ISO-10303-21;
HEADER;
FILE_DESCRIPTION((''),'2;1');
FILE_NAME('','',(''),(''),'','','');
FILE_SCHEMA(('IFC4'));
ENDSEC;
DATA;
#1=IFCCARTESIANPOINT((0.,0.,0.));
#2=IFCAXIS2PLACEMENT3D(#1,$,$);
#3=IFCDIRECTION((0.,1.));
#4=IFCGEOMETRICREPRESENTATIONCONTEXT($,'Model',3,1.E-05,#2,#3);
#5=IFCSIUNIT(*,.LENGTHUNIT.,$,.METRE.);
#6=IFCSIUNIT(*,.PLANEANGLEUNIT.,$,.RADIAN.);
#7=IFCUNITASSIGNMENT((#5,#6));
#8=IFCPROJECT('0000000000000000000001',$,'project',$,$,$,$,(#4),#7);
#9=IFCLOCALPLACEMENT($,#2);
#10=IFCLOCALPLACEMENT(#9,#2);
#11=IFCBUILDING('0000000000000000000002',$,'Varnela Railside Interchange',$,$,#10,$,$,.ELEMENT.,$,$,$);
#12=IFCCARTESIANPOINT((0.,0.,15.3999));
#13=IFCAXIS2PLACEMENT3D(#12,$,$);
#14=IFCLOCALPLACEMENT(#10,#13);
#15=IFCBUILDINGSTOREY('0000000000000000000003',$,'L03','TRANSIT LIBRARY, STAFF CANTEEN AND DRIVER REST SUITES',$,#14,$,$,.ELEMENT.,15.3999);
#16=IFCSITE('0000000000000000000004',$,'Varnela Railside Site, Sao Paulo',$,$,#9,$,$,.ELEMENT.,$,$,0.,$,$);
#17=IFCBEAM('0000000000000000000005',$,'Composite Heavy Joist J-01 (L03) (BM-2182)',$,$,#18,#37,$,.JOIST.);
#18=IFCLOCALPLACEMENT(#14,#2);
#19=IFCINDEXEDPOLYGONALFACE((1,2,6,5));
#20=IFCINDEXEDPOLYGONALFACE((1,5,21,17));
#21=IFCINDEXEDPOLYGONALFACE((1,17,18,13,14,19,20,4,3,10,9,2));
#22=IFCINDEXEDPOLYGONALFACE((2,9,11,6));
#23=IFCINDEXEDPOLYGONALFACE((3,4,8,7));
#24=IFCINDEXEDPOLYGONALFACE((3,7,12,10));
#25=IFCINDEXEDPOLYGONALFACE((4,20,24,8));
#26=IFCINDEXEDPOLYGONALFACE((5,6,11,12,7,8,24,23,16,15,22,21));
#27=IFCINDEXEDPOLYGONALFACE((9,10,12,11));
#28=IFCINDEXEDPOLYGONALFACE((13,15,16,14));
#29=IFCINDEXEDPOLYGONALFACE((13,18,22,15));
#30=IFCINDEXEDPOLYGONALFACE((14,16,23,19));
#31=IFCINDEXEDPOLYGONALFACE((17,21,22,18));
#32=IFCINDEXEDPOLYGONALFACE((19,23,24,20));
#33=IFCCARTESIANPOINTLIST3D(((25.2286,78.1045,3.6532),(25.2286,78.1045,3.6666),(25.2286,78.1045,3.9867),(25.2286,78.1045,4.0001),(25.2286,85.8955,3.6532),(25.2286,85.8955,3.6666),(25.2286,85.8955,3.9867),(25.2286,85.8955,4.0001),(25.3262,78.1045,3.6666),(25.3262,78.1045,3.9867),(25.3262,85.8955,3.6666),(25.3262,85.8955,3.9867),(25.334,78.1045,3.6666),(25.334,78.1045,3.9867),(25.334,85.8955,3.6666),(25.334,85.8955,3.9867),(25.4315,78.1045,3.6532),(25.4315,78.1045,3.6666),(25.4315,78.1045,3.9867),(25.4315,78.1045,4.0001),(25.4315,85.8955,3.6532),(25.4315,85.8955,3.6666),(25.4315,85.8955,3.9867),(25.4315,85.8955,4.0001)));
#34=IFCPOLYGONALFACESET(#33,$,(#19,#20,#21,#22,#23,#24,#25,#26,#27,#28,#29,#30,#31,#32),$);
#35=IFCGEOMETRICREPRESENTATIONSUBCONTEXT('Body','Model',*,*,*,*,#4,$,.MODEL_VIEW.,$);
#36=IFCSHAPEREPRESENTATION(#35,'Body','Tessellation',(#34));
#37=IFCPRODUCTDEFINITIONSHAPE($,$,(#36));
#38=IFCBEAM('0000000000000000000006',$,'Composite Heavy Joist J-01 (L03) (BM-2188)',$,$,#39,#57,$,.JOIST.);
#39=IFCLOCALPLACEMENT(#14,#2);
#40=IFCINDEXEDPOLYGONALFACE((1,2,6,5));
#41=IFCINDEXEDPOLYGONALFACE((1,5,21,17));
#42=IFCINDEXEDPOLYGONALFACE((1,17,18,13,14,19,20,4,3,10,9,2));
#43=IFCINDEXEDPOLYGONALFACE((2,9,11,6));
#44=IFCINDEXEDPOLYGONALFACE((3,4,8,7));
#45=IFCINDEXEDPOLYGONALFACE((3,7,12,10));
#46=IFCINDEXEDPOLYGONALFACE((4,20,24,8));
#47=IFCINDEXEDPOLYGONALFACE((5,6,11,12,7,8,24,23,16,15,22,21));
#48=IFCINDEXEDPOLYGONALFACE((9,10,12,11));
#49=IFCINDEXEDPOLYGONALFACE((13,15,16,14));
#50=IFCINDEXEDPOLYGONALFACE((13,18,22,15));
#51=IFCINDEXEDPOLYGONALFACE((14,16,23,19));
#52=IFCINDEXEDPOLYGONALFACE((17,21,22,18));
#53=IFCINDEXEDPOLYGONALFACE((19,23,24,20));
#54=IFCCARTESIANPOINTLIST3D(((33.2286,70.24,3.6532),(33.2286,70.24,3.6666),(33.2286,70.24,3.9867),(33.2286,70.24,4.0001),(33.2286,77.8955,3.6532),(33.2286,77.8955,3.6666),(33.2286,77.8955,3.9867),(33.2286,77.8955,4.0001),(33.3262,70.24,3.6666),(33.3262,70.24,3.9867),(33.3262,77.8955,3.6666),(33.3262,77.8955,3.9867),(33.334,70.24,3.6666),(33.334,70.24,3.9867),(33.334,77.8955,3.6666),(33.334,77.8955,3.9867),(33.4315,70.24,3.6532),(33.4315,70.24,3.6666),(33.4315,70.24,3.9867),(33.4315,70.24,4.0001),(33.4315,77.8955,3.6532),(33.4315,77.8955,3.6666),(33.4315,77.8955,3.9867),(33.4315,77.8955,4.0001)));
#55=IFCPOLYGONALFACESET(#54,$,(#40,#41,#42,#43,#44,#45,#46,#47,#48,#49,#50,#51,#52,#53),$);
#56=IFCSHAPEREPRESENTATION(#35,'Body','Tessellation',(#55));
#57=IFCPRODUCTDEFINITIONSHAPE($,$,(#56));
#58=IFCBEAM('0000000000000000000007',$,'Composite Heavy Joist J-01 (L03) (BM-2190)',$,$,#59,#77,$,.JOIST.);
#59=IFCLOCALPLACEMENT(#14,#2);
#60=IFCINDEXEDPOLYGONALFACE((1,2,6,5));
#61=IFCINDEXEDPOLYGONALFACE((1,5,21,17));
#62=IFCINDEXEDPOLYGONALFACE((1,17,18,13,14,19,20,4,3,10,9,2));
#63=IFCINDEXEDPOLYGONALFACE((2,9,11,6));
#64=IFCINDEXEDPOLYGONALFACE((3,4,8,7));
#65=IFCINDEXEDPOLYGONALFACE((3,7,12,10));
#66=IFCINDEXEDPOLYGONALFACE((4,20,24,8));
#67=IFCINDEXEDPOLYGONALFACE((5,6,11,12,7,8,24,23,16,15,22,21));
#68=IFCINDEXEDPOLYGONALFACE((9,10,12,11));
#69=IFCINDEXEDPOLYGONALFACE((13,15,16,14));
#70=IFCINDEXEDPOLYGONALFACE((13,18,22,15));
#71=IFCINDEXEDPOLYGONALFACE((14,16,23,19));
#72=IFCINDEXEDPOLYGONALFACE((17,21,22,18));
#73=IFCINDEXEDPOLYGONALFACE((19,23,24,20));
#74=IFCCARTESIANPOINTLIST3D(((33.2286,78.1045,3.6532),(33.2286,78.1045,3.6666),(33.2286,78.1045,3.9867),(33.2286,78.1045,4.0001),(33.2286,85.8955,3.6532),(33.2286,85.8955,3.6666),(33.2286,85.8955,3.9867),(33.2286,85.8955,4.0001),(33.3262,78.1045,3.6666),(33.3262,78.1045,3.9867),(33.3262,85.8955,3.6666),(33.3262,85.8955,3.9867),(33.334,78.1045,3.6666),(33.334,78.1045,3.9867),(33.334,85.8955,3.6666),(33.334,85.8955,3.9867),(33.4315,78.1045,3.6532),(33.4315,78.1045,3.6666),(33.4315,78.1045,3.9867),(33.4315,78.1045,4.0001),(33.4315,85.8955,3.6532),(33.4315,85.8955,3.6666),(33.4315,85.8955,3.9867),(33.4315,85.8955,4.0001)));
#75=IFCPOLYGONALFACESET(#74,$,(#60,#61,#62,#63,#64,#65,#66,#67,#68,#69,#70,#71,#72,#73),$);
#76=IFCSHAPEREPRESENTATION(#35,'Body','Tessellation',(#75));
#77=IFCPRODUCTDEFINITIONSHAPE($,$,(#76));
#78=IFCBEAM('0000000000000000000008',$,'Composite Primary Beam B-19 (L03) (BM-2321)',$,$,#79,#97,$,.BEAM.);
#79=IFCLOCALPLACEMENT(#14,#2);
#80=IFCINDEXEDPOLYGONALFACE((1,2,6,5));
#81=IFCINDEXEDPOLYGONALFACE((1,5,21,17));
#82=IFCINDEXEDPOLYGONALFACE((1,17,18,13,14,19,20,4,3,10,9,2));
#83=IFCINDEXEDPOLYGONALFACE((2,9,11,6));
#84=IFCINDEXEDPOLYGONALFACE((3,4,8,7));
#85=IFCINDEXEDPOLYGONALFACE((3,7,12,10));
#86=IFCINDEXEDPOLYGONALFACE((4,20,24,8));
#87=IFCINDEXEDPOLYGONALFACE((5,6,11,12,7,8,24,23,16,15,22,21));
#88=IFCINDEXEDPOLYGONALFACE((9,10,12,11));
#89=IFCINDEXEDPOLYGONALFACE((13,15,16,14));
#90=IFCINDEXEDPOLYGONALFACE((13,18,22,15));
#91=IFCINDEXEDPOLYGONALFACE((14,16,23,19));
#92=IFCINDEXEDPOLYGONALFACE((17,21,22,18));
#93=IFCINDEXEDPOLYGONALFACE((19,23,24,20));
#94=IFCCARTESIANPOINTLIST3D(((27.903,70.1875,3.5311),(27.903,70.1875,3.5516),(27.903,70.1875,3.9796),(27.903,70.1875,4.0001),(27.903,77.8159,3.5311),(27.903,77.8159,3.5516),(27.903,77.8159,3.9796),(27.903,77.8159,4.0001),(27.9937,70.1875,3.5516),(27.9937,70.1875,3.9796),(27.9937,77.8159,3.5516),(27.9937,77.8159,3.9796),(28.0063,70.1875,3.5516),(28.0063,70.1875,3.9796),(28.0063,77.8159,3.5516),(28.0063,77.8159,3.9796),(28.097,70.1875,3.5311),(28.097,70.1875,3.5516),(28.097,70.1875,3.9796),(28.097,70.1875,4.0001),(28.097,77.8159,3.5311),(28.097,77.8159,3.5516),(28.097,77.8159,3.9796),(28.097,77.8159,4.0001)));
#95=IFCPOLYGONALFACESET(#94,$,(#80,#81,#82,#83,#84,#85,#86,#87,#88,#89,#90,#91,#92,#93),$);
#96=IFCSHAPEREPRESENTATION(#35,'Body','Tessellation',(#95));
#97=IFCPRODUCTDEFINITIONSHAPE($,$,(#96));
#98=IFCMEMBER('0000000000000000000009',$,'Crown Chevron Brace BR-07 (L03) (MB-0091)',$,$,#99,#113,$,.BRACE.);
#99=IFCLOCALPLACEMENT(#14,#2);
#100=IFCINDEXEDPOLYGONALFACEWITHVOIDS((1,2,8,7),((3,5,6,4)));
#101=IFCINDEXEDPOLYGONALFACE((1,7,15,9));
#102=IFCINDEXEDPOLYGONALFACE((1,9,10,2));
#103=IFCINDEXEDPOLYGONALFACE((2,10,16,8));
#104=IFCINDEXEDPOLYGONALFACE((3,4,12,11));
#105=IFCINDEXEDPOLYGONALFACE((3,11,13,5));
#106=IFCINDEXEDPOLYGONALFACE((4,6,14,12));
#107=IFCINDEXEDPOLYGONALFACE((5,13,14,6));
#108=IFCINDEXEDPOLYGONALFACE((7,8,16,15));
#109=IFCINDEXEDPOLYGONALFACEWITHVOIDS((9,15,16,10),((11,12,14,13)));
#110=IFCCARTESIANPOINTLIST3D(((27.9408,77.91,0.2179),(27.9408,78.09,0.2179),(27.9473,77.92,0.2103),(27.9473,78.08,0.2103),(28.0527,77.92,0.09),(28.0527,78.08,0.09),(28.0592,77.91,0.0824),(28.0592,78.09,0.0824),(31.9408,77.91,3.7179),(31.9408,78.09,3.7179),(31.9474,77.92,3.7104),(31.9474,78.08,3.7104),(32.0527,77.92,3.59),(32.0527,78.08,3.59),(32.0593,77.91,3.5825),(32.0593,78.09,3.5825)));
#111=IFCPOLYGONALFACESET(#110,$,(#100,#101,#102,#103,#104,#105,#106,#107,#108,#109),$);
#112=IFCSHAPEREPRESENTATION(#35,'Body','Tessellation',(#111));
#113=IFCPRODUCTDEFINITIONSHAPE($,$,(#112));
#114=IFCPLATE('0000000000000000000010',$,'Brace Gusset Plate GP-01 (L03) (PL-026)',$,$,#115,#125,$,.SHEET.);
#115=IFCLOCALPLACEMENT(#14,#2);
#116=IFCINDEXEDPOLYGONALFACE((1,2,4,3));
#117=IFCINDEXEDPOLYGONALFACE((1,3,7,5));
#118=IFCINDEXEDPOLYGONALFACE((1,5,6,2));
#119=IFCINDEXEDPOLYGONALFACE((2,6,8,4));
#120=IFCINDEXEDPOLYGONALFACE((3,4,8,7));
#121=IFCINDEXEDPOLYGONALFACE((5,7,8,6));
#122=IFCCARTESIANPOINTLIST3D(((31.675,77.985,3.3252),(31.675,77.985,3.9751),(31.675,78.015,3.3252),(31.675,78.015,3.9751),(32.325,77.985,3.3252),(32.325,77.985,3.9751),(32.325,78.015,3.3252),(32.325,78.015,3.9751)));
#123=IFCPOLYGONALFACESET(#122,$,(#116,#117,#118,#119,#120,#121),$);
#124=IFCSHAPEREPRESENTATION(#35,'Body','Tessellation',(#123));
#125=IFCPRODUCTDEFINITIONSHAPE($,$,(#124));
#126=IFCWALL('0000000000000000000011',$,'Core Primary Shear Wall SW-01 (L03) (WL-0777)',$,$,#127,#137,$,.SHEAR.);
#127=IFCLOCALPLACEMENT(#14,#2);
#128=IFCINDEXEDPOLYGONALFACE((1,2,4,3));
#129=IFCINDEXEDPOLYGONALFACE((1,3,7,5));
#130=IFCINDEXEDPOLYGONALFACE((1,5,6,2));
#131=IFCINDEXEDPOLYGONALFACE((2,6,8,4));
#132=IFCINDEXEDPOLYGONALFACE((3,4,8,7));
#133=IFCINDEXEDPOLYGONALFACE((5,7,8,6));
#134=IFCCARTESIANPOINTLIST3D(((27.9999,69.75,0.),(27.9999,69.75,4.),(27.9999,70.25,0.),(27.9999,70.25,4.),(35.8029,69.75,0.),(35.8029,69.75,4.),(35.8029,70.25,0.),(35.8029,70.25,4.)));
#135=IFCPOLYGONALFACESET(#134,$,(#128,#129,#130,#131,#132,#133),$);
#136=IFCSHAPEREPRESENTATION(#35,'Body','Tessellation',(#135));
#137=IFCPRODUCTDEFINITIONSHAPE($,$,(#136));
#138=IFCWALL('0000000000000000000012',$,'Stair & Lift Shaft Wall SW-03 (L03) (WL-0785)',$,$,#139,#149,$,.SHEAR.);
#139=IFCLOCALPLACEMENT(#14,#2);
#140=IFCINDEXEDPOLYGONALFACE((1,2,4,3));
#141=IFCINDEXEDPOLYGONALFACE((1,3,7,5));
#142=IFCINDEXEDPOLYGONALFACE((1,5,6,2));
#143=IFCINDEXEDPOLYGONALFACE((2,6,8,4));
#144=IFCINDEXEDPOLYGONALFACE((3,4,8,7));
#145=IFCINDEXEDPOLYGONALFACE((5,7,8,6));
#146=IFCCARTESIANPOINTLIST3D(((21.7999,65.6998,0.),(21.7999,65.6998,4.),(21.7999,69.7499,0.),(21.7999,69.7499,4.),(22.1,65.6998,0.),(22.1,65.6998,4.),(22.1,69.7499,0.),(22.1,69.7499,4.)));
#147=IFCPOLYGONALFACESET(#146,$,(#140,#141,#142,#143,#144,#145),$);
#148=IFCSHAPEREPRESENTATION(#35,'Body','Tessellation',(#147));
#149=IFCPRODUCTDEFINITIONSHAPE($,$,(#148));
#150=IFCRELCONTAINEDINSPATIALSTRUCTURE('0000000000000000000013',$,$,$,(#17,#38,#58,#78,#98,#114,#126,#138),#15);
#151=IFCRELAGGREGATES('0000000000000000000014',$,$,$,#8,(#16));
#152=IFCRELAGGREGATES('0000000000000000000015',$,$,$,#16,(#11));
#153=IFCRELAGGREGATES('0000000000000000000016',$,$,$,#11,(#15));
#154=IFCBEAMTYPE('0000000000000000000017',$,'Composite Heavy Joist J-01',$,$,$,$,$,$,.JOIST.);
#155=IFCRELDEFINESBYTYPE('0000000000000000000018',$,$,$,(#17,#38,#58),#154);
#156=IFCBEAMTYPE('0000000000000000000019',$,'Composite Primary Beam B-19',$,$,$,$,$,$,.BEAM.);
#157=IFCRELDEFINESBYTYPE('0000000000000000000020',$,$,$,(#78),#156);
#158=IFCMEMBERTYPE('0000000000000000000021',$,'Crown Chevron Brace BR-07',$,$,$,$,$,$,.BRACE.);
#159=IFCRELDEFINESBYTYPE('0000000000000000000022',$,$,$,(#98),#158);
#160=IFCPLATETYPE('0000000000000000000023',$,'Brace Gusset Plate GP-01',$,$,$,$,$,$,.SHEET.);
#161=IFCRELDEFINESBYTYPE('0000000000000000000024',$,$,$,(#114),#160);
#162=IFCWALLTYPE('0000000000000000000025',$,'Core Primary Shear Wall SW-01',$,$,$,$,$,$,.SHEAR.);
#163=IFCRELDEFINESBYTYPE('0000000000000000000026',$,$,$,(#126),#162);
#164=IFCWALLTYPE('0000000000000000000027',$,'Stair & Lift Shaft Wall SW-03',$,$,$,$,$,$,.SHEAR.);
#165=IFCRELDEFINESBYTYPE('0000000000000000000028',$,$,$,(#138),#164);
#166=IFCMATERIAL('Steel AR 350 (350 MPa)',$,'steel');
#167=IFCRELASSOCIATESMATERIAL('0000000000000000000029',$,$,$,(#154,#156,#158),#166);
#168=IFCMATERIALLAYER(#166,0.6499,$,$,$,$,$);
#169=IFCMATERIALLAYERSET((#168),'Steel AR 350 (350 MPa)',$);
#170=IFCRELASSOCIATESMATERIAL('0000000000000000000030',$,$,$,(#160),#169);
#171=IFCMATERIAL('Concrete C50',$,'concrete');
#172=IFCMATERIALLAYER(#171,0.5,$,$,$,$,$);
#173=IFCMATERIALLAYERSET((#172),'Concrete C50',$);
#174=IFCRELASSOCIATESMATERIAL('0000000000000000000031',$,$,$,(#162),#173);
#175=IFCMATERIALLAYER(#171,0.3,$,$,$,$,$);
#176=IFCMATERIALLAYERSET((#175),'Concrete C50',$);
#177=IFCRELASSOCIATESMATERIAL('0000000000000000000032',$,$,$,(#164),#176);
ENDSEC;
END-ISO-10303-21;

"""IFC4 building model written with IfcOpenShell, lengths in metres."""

from ifc_helpers import new_model, si_unit, direction, frame, frame_2d, origin, origin_2d, place, context, subcontext, project, spatial, rectangle, hollow_rectangle, i_section, extrude, material, layer, layer_set, material_profile, profile_set, type_object, element, save


model = new_model("IFC4")

# Units and contexts
model_context = context("Model", 3, precision=1e-05, world=origin(), true_north=direction((0.0, 1.0)))
body_context = subcontext(model_context, "Body", "Model", "MODEL_VIEW")
ifc_project = project(units=[si_unit("LENGTHUNIT", "METRE"), si_unit("PLANEANGLEUNIT", "RADIAN")], contexts=[model_context])

# Site, building, storey
site_placement = place(None, origin())
site = spatial("IfcSite", under=ifc_project, at=site_placement, Name="Varnela Railside Site, Sao Paulo", CompositionType="ELEMENT", RefElevation=0.0)
building_placement = place(site_placement, origin())
building = spatial("IfcBuilding", under=site, at=building_placement, Name="Varnela Railside Interchange", CompositionType="ELEMENT")
storey_placement = place(building_placement, frame((0.0, 0.0, 15.3999)))
storey = spatial("IfcBuildingStorey", under=building, at=storey_placement, Name="L03", Description="TRANSIT LIBRARY, STAFF CANTEEN AND DRIVER REST SUITES", CompositionType="ELEMENT", Elevation=15.3999)

# Shared definitions
ifc_material_1 = material(Name="Steel AR 350 (350 MPa)", Category="steel")

# Beams
ifc_material_profile_1 = material_profile(ifc_material_1, i_section(OverallWidth=0.2029, OverallDepth=0.3469, WebThickness=0.0078, FlangeThickness=0.0134, at=origin_2d()), Name="W360x64")
ifc_profile_set_1 = profile_set([ifc_material_profile_1], Name="Steel AR 350 (350 MPa)")
beam_type_1 = type_object("IfcBeamType", Name="Composite Heavy Joist J-01", PredefinedType="JOIST", material=ifc_profile_set_1)
beam_1_placement = place(storey_placement, frame((25.3301, 78.1045, 3.8267), z_axis=(0.0, 1.0, 0.0), x_axis=(-1.0, 0.0, 0.0)))
element("IfcBeam", 1, at=beam_1_placement, inside=storey, type_object=beam_type_1, Name="Composite Heavy Joist J-01 (L03) (BM-2182)", PredefinedType="JOIST", context=body_context, shape_type="SweptSolid", body=[
    extrude(i_section(OverallWidth=0.2029, OverallDepth=0.3469, WebThickness=0.0078, FlangeThickness=0.0134, at=origin_2d()), origin(), (0.0, 0.0, 1.0), 7.791),
])
beam_2_placement = place(storey_placement, frame((33.3301, 70.24, 3.8267), z_axis=(0.0, 1.0, 0.0), x_axis=(-1.0, 0.0, 0.0)))
element("IfcBeam", 2, at=beam_2_placement, inside=storey, type_object=beam_type_1, Name="Composite Heavy Joist J-01 (L03) (BM-2188)", PredefinedType="JOIST", context=body_context, shape_type="SweptSolid", body=[
    extrude(i_section(OverallWidth=0.2029, OverallDepth=0.3469, WebThickness=0.0078, FlangeThickness=0.0134, at=origin_2d()), origin(), (0.0, 0.0, 1.0), 7.6555),
])
beam_3_placement = place(storey_placement, frame((33.3301, 78.1045, 3.8267), z_axis=(0.0, 1.0, 0.0), x_axis=(-1.0, 0.0, 0.0)))
element("IfcBeam", 3, at=beam_3_placement, inside=storey, type_object=beam_type_1, Name="Composite Heavy Joist J-01 (L03) (BM-2190)", PredefinedType="JOIST", context=body_context, shape_type="SweptSolid", body=[
    extrude(i_section(OverallWidth=0.2029, OverallDepth=0.3469, WebThickness=0.0078, FlangeThickness=0.0134, at=origin_2d()), origin(), (0.0, 0.0, 1.0), 7.791),
])
ifc_material_profile_2 = material_profile(ifc_material_1, i_section(OverallWidth=0.1941, OverallDepth=0.469, WebThickness=0.0127, FlangeThickness=0.0205, at=origin_2d()), Name="W460x106")
ifc_profile_set_2 = profile_set([ifc_material_profile_2], Name="Steel AR 350 (350 MPa)")
beam_type_2 = type_object("IfcBeamType", Name="Composite Primary Beam B-19", PredefinedType="BEAM", material=ifc_profile_set_2)
beam_4_placement = place(storey_placement, frame((28.0, 70.1875, 3.7656), z_axis=(0.0, 1.0, 0.0), x_axis=(-1.0, 0.0, 0.0)))
element("IfcBeam", 4, at=beam_4_placement, inside=storey, type_object=beam_type_2, Name="Composite Primary Beam B-19 (L03) (BM-2321)", PredefinedType="BEAM", context=body_context, shape_type="SweptSolid", body=[
    extrude(i_section(OverallWidth=0.1941, OverallDepth=0.469, WebThickness=0.0127, FlangeThickness=0.0205, at=origin_2d()), origin(), (0.0, 0.0, 1.0), 7.6284),
])

# Member
ifc_material_profile_3 = material_profile(ifc_material_1, hollow_rectangle(XDim=0.1799, YDim=0.1799, WallThickness=0.01, at=origin_2d()), Name="HSS 180x180x10")
ifc_profile_set_3 = profile_set([ifc_material_profile_3], Name="Steel AR 350 (350 MPa)")
member_type = type_object("IfcMemberType", Name="Crown Chevron Brace BR-07", PredefinedType="BRACE", material=ifc_profile_set_3)
member_placement = place(storey_placement, frame((28.0, 78.0, 0.1501), z_axis=(0.752577, 0.0, 0.658505), x_axis=(0.0, 1.0, 0.0)))
element("IfcMember", 5, at=member_placement, inside=storey, type_object=member_type, Name="Crown Chevron Brace BR-07 (L03) (MB-0091)", PredefinedType="BRACE", context=body_context, shape_type="SweptSolid", body=[
    extrude(hollow_rectangle(XDim=0.1799, YDim=0.1799, WallThickness=0.01, at=origin_2d()), origin(), (0.0, 0.0, 1.0), 5.3152),
])

# Plate
ifc_layer_1 = layer(ifc_material_1, 0.6499)
ifc_layer_set_1 = layer_set([ifc_layer_1], Name="Steel AR 350 (350 MPa)")
plate_type = type_object("IfcPlateType", Name="Brace Gusset Plate GP-01", PredefinedType="SHEET", material=ifc_layer_set_1)
plate_placement = place(storey_placement, frame((32.0, 78.0, 3.3252), z_axis=(0.0, 0.0, 1.0), x_axis=(1.0, 0.0, 0.0)))
element("IfcPlate", 6, at=plate_placement, inside=storey, type_object=plate_type, Name="Brace Gusset Plate GP-01 (L03) (PL-026)", PredefinedType="SHEET", context=body_context, shape_type="SweptSolid", body=[
    extrude(rectangle(XDim=0.6499, YDim=0.03, at=origin_2d()), origin(), (0.0, 0.0, 1.0), 0.6499),
])

# Walls
ifc_material_2 = material(Name="Concrete C50", Category="concrete")
ifc_layer_2 = layer(ifc_material_2, 0.5)
ifc_layer_set_2 = layer_set([ifc_layer_2], Name="Concrete C50")
wall_type_1 = type_object("IfcWallType", Name="Core Primary Shear Wall SW-01", PredefinedType="SHEAR", material=ifc_layer_set_2)
wall_1_placement = place(storey_placement, frame((28.0, 70.0, 0.0), z_axis=(0.0, 0.0, 1.0), x_axis=(1.0, 0.0, 0.0)))
element("IfcWall", 7, at=wall_1_placement, inside=storey, type_object=wall_type_1, Name="Core Primary Shear Wall SW-01 (L03) (WL-0777)", PredefinedType="SHEAR", context=body_context, shape_type="SweptSolid", body=[
    extrude(rectangle(XDim=7.803, YDim=0.5, at=frame_2d((3.9014, 0.0))), origin(), (0.0, 0.0, 1.0), 4.0),
])
ifc_layer_3 = layer(ifc_material_2, 0.3)
ifc_layer_set_3 = layer_set([ifc_layer_3], Name="Concrete C50")
wall_type_2 = type_object("IfcWallType", Name="Stair & Lift Shaft Wall SW-03", PredefinedType="SHEAR", material=ifc_layer_set_3)
wall_2_placement = place(storey_placement, frame((21.95, 65.7, 0.0), z_axis=(0.0, 0.0, 1.0), x_axis=(0.0, 1.0, 0.0)))
element("IfcWall", 8, at=wall_2_placement, inside=storey, type_object=wall_type_2, Name="Stair & Lift Shaft Wall SW-03 (L03) (WL-0785)", PredefinedType="SHEAR", context=body_context, shape_type="SweptSolid", body=[
    extrude(rectangle(XDim=4.05, YDim=0.3, at=frame_2d((2.0249, 0.0))), origin(), (0.0, 0.0, 1.0), 4.0),
])

save(model, "model.ifc")
